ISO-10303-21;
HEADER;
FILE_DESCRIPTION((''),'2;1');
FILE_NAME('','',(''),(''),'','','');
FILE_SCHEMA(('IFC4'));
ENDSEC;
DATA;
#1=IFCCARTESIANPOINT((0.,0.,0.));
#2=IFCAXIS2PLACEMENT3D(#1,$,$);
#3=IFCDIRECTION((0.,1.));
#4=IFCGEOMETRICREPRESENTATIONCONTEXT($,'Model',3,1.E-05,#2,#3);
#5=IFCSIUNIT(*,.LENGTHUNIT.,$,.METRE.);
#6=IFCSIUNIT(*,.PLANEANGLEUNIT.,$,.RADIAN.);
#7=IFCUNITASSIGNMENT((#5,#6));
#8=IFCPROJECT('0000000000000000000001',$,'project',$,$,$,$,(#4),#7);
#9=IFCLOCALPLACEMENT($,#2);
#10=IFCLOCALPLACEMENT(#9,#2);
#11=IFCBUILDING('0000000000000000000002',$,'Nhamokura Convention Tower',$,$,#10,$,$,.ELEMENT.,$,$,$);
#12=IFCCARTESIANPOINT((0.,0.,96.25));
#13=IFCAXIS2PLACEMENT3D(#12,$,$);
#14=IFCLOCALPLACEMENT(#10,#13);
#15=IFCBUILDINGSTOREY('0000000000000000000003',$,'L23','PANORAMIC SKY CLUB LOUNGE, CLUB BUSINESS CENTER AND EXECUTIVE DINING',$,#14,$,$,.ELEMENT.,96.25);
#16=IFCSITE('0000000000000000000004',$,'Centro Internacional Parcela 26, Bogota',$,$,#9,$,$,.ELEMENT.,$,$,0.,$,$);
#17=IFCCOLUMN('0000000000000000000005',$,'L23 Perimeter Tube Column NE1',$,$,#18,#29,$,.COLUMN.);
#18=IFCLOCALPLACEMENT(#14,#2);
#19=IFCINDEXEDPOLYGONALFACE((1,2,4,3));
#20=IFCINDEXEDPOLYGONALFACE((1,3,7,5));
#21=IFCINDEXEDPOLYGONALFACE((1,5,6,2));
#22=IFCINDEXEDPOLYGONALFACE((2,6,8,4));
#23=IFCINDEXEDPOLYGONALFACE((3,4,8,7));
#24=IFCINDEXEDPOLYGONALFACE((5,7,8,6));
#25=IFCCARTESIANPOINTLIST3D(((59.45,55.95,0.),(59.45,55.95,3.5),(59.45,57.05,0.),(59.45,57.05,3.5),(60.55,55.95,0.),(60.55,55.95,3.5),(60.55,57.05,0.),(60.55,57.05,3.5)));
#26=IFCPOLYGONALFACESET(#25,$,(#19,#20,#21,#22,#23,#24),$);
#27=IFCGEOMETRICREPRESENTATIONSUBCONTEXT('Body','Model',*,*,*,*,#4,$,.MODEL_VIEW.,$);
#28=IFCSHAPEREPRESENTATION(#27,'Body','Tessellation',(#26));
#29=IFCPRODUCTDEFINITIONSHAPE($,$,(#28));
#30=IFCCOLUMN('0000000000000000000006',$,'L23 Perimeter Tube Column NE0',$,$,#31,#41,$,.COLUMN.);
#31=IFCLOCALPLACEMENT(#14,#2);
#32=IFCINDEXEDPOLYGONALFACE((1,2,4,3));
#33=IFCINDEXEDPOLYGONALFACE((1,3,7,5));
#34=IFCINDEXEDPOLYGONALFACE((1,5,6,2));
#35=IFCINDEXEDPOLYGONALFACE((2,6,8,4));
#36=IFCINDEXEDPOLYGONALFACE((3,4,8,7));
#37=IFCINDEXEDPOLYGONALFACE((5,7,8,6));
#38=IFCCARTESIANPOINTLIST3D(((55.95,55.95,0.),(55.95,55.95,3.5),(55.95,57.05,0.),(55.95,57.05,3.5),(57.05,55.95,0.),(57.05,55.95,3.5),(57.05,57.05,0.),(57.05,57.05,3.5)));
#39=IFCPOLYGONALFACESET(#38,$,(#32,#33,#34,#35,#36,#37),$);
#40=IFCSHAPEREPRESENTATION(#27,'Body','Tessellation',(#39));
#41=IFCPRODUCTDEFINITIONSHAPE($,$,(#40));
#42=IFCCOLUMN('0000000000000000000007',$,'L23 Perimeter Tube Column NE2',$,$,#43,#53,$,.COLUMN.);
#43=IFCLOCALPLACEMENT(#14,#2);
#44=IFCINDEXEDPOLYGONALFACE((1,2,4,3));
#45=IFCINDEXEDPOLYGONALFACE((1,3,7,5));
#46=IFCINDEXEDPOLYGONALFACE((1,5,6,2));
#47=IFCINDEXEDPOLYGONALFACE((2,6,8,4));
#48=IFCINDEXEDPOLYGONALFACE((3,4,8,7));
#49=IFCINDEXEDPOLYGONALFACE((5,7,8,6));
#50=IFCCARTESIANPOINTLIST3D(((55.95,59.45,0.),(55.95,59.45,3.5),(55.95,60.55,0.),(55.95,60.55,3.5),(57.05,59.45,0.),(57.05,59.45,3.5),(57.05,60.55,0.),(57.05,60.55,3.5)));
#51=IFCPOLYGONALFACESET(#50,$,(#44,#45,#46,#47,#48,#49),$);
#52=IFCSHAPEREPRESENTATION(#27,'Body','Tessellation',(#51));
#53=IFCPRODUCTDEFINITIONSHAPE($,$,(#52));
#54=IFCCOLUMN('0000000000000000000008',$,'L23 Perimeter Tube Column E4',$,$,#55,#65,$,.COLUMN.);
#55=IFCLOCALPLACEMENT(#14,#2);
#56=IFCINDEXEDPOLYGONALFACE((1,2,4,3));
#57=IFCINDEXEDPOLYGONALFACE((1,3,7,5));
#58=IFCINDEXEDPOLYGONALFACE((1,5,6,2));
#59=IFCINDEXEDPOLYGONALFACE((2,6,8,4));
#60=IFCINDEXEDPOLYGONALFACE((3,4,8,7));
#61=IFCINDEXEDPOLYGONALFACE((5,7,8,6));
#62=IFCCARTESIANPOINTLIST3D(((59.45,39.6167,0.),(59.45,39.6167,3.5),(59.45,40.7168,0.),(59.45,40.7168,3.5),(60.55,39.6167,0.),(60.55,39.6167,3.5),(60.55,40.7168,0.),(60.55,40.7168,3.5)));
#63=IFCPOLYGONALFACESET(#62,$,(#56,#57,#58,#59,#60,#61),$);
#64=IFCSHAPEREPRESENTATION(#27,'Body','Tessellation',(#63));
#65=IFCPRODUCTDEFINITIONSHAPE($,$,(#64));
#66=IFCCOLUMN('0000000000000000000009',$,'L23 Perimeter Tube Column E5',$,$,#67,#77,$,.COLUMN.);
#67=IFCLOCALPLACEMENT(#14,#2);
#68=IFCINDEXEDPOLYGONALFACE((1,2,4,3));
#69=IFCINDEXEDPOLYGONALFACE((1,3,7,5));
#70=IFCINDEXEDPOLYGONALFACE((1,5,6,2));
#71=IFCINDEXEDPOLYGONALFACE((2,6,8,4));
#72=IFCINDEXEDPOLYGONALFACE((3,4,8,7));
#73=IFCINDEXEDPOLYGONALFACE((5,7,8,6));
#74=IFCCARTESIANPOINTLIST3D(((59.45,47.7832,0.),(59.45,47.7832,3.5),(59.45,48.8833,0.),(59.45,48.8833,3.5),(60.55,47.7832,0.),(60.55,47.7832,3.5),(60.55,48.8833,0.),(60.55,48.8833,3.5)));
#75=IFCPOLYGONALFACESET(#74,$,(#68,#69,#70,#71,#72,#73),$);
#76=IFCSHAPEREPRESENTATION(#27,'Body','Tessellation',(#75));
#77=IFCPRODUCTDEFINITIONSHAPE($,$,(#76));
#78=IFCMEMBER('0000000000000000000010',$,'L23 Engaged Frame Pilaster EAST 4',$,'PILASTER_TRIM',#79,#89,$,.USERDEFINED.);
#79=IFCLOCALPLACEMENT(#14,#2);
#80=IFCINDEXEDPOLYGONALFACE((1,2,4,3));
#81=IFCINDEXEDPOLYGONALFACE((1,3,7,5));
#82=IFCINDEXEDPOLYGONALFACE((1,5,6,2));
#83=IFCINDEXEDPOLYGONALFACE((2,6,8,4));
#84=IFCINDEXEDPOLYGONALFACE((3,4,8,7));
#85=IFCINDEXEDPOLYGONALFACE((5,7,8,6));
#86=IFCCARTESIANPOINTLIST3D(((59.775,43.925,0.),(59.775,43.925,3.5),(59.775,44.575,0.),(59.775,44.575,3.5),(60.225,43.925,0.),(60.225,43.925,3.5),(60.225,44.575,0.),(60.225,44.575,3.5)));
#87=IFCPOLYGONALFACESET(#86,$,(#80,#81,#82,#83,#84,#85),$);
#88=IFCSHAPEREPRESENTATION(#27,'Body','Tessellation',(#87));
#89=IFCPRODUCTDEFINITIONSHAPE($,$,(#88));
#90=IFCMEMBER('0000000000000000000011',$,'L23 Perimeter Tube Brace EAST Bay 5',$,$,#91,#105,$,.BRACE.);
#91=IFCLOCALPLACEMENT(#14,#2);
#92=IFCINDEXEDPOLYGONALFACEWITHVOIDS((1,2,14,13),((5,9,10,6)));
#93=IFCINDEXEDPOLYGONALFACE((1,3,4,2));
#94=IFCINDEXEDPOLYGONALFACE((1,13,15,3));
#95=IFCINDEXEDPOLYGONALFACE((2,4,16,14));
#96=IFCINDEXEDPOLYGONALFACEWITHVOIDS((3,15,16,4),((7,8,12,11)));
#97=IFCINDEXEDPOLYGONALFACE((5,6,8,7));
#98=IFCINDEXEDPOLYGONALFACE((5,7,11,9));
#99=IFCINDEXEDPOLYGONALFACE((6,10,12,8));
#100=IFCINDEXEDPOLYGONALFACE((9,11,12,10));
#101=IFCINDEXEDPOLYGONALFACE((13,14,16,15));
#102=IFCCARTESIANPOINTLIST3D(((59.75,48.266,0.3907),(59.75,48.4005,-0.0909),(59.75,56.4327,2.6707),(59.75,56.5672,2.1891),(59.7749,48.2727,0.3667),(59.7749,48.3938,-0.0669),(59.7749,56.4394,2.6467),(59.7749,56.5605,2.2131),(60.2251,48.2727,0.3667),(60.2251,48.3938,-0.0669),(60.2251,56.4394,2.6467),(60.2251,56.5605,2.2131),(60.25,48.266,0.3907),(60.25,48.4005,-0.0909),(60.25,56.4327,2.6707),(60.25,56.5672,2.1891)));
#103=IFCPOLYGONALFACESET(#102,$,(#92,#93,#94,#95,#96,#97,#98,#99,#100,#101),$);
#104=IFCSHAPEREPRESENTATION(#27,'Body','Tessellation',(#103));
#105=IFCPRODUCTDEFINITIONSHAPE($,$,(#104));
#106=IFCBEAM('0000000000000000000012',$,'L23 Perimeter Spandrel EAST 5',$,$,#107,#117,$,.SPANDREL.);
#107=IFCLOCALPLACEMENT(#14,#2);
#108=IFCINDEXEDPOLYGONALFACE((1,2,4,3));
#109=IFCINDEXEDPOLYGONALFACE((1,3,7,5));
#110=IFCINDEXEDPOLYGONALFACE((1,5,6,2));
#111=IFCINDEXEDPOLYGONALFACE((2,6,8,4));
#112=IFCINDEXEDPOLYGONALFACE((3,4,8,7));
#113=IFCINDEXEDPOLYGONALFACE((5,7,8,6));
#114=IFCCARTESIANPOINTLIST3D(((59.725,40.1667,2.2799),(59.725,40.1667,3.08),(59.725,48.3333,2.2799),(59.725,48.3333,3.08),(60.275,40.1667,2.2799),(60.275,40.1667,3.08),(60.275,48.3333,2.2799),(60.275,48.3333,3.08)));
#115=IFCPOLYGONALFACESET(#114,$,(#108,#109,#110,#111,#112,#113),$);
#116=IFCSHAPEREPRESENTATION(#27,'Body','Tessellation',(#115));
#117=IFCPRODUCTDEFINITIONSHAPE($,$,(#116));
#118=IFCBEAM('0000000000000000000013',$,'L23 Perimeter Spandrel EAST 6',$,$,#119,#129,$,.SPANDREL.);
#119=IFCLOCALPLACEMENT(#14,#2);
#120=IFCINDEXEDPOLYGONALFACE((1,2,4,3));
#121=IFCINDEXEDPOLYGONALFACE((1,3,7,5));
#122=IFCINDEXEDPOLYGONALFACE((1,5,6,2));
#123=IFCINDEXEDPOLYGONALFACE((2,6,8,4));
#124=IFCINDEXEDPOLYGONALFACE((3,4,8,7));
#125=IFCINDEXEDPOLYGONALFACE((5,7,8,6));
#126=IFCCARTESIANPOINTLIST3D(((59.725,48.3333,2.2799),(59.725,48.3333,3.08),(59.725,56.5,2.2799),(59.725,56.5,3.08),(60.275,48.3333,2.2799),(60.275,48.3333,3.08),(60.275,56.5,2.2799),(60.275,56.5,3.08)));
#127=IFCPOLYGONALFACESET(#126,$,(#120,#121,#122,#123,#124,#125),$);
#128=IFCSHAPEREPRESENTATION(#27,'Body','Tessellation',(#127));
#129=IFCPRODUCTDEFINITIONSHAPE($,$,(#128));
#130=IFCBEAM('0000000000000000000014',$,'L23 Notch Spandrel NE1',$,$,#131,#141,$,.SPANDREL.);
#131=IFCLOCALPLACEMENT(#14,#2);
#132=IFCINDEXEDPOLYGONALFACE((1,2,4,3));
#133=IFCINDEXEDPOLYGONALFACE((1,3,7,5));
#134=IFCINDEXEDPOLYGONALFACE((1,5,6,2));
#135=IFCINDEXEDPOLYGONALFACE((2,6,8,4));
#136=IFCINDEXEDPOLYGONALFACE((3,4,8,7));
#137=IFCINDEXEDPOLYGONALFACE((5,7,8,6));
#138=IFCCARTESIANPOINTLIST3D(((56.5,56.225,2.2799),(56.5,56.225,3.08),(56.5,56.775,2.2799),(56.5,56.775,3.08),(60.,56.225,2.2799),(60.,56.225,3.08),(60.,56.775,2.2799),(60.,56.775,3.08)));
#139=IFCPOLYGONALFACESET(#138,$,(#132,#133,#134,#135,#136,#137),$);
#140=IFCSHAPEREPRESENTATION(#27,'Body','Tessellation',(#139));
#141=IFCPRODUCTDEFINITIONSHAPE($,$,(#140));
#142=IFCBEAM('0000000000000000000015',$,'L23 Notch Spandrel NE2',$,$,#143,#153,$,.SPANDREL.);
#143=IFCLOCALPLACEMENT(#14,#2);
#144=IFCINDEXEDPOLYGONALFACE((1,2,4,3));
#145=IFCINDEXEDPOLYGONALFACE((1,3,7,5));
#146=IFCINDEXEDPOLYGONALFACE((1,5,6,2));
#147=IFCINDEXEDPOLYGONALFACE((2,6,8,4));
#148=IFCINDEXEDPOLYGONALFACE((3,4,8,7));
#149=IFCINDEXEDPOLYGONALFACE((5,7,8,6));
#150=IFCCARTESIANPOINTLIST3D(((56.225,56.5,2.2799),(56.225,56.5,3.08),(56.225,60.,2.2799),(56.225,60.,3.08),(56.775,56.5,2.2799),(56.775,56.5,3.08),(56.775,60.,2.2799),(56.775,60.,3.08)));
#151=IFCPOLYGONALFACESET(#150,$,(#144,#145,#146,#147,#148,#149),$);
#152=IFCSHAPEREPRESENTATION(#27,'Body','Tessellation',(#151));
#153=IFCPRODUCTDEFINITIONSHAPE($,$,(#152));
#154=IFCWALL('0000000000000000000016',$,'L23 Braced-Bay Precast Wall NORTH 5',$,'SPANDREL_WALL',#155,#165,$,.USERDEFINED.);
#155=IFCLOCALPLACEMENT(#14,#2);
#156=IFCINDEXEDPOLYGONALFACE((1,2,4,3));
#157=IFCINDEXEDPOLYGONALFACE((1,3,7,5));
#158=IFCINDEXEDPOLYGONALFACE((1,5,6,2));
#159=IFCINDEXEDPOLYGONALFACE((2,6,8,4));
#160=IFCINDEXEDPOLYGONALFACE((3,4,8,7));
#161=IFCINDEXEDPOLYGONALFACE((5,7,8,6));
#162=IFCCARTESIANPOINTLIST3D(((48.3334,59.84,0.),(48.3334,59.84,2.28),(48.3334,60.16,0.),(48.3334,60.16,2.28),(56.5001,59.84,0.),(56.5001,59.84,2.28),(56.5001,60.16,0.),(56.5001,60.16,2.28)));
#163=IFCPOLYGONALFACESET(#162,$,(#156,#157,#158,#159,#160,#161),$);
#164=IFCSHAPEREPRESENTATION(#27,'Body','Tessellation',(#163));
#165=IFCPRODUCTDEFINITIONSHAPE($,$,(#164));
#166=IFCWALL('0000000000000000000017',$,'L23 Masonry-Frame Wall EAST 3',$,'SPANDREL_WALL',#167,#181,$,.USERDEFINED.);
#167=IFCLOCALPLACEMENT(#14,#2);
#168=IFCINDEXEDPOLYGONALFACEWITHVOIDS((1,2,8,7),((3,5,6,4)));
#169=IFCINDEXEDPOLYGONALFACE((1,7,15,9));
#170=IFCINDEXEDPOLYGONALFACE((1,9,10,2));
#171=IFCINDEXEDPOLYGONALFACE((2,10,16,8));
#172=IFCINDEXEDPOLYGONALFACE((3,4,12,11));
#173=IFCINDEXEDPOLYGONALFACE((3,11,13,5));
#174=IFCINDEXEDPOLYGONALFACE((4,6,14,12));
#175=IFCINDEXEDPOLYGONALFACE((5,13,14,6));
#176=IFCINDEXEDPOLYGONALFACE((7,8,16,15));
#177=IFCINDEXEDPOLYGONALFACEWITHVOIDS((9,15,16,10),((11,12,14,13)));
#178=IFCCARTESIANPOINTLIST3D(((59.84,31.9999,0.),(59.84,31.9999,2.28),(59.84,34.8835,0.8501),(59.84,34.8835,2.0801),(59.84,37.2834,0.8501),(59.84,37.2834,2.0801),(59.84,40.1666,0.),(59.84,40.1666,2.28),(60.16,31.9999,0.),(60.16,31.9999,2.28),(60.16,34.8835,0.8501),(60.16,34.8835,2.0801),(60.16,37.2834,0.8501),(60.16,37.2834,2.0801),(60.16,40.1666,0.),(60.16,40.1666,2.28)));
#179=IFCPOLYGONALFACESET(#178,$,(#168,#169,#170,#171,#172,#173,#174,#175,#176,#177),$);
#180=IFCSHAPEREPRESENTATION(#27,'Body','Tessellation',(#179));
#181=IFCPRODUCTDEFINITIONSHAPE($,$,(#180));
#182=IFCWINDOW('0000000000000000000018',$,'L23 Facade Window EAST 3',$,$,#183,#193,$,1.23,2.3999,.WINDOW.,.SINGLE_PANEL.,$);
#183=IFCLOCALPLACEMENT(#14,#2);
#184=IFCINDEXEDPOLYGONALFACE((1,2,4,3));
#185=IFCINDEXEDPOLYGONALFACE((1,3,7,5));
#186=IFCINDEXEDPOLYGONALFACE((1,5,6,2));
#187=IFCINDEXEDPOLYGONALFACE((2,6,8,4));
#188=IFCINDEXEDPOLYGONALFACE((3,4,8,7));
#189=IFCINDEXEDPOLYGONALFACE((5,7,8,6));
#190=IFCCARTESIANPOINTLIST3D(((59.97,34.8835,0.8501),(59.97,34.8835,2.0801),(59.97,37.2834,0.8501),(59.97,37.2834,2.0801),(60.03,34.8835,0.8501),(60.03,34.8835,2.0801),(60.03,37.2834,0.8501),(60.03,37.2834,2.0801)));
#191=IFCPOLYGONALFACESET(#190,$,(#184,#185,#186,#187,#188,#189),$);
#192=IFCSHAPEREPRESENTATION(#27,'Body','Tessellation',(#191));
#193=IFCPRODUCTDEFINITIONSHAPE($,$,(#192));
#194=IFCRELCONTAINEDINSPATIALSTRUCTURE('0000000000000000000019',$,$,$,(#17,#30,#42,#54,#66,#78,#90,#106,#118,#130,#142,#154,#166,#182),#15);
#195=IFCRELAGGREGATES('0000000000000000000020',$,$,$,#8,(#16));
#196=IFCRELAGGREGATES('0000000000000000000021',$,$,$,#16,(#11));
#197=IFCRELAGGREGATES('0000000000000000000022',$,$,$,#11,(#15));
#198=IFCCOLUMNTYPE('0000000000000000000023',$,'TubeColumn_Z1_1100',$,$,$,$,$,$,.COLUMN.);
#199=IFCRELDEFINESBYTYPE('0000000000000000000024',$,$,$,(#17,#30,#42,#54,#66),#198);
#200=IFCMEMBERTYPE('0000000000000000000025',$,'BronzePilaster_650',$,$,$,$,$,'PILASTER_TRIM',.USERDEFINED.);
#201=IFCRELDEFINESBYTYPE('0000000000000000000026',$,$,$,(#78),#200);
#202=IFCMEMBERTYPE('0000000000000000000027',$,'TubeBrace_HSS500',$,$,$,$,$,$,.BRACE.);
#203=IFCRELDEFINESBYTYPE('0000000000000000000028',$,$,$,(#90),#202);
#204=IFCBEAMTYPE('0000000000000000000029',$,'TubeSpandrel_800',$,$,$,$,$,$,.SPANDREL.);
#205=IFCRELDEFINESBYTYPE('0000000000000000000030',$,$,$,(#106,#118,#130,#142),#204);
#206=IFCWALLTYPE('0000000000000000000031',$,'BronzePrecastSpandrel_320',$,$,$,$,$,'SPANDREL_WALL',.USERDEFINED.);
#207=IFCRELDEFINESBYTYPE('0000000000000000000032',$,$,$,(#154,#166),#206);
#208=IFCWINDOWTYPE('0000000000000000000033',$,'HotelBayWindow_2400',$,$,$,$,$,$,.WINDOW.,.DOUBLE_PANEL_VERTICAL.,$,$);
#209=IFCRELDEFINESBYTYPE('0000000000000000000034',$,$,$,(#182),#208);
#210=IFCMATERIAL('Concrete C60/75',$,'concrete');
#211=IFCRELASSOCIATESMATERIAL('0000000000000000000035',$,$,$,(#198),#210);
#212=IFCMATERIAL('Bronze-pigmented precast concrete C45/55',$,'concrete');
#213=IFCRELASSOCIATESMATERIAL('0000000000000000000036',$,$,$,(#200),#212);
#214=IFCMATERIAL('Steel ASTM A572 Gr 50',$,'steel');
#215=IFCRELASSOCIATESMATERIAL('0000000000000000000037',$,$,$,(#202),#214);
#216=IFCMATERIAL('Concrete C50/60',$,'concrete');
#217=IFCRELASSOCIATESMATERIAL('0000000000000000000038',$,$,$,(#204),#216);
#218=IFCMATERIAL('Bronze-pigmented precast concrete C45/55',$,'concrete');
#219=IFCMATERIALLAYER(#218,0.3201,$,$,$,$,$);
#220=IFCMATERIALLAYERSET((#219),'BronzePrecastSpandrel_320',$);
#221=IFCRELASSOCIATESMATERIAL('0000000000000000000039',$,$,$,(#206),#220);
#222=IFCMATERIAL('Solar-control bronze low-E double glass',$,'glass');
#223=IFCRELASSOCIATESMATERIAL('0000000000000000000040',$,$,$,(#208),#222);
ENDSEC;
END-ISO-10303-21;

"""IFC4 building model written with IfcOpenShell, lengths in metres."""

from ifc_helpers import new_model, si_unit, direction, frame, frame_2d, origin, origin_2d, place, context, subcontext, project, spatial, rectangle, hollow_rectangle, extrude, material, layer, layer_set, material_profile, profile_set, type_object, element, fill, save


model = new_model("IFC4")

# Units and contexts
model_context = context("Model", 3, precision=1e-05, world=origin(), true_north=direction((0.0, 1.0)))
body_context = subcontext(model_context, "Body", "Model", "MODEL_VIEW")
ifc_project = project(units=[si_unit("LENGTHUNIT", "METRE"), si_unit("PLANEANGLEUNIT", "RADIAN")], contexts=[model_context])

# Site, building, storey
site_placement = place(None, origin())
site = spatial("IfcSite", under=ifc_project, at=site_placement, Name="Centro Internacional Parcela 26, Bogota", CompositionType="ELEMENT", RefElevation=0.0)
building_placement = place(site_placement, origin())
building = spatial("IfcBuilding", under=site, at=building_placement, Name="Nhamokura Convention Tower", CompositionType="ELEMENT")
storey_placement = place(building_placement, frame((0.0, 0.0, 96.25)))
storey = spatial("IfcBuildingStorey", under=building, at=storey_placement, Name="L23", Description="PANORAMIC SKY CLUB LOUNGE, CLUB BUSINESS CENTER AND EXECUTIVE DINING", CompositionType="ELEMENT", Elevation=96.25)

# Columns
ifc_material_1 = material(Name="Concrete C60/75", Category="concrete")
ifc_material_profile_1 = material_profile(ifc_material_1, rectangle(XDim=1.1001, YDim=1.1001, at=origin_2d()))
ifc_profile_set_1 = profile_set([ifc_material_profile_1], Name="Concrete C60/75")
column_type = type_object("IfcColumnType", Name="TubeColumn_Z1_1100", PredefinedType="COLUMN", material=ifc_profile_set_1)
for number, where, z_axis, x_axis, name in (
    (1, (60.0, 56.5, 0.0), (0.0, 0.0, 1.0), (1.0, 0.0, 0.0), "L23 Perimeter Tube Column NE1"),
    (2, (56.5, 56.5, 0.0), (0.0, 0.0, 1.0), (1.0, 0.0, 0.0), "L23 Perimeter Tube Column NE0"),
    (3, (56.5, 60.0, 0.0), (0.0, 0.0, 1.0), (1.0, 0.0, 0.0), "L23 Perimeter Tube Column NE2"),
    (4, (60.0, 40.1667, 0.0), (0.0, 0.0, 1.0), (1.0, 0.0, 0.0), "L23 Perimeter Tube Column E4"),
    (5, (60.0, 48.3333, 0.0), (0.0, 0.0, 1.0), (1.0, 0.0, 0.0), "L23 Perimeter Tube Column E5"),
):
    element("IfcColumn", number, at=place(storey_placement, frame(where, z_axis=z_axis, x_axis=x_axis)), inside=storey, type_object=column_type, Name=name, PredefinedType="COLUMN", context=body_context, shape_type="SweptSolid", body=[
        extrude(rectangle(XDim=1.1001, YDim=1.1001, at=origin_2d()), origin(), (0.0, 0.0, 1.0), 3.5),
    ])

# Members
ifc_material_2 = material(Name="Bronze-pigmented precast concrete C45/55", Category="concrete")
ifc_material_profile_2 = material_profile(ifc_material_2, rectangle(XDim=0.45, YDim=0.6499, at=origin_2d()))
ifc_profile_set_2 = profile_set([ifc_material_profile_2], Name="Bronze-pigmented precast concrete C45/55")
member_type_1 = type_object("IfcMemberType", Name="BronzePilaster_650", ElementType="PILASTER_TRIM", PredefinedType="USERDEFINED", material=ifc_profile_set_2)
member_1_placement = place(storey_placement, frame((60.0, 44.25, 0.0), z_axis=(0.0, 0.0, 1.0), x_axis=(1.0, 0.0, 0.0)))
element("IfcMember", 6, at=member_1_placement, inside=storey, type_object=member_type_1, Name="L23 Engaged Frame Pilaster EAST 4", ObjectType="PILASTER_TRIM", PredefinedType="USERDEFINED", context=body_context, shape_type="SweptSolid", body=[
    extrude(rectangle(XDim=0.45, YDim=0.6499, at=origin_2d()), origin(), (0.0, 0.0, 1.0), 3.5),
])
ifc_material_3 = material(Name="Steel ASTM A572 Gr 50", Category="steel")
ifc_material_profile_3 = material_profile(ifc_material_3, hollow_rectangle(XDim=0.5, YDim=0.5, WallThickness=0.0249, at=origin_2d()))
ifc_profile_set_3 = profile_set([ifc_material_profile_3], Name="Steel ASTM A572 Gr 50")
member_type_2 = type_object("IfcMemberType", Name="TubeBrace_HSS500", PredefinedType="BRACE", material=ifc_profile_set_3)
member_2_placement = place(storey_placement, frame((60.0, 48.3333, 0.1499), z_axis=(0.0, 0.963168, 0.268901), x_axis=(-1.0, 0.0, 0.0)))
element("IfcMember", 7, at=member_2_placement, inside=storey, type_object=member_type_2, Name="L23 Perimeter Tube Brace EAST Bay 5", PredefinedType="BRACE", context=body_context, shape_type="SweptSolid", body=[
    extrude(hollow_rectangle(XDim=0.5, YDim=0.5, WallThickness=0.0249, at=origin_2d()), origin(), (0.0, 0.0, 1.0), 8.479),
])

# Beams
ifc_material_4 = material(Name="Concrete C50/60", Category="concrete")
ifc_material_profile_4 = material_profile(ifc_material_4, rectangle(XDim=0.55, YDim=0.8, at=origin_2d()))
ifc_profile_set_4 = profile_set([ifc_material_profile_4], Name="Concrete C50/60")
beam_type = type_object("IfcBeamType", Name="TubeSpandrel_800", PredefinedType="SPANDREL", material=ifc_profile_set_4)
beam_1_placement = place(storey_placement, frame((60.0, 40.1667, 2.6799), z_axis=(0.0, 1.0, 0.0), x_axis=(-1.0, 0.0, 0.0)))
element("IfcBeam", 8, at=beam_1_placement, inside=storey, type_object=beam_type, Name="L23 Perimeter Spandrel EAST 5", PredefinedType="SPANDREL", context=body_context, shape_type="SweptSolid", body=[
    extrude(rectangle(XDim=0.55, YDim=0.8, at=origin_2d()), origin(), (0.0, 0.0, 1.0), 8.1665),
])
beam_2_placement = place(storey_placement, frame((60.0, 48.3333, 2.6799), z_axis=(0.0, 1.0, 0.0), x_axis=(-1.0, 0.0, 0.0)))
element("IfcBeam", 9, at=beam_2_placement, inside=storey, type_object=beam_type, Name="L23 Perimeter Spandrel EAST 6", PredefinedType="SPANDREL", context=body_context, shape_type="SweptSolid", body=[
    extrude(rectangle(XDim=0.55, YDim=0.8, at=origin_2d()), origin(), (0.0, 0.0, 1.0), 8.1667),
])
for number, where, z_axis, x_axis, name in (
    (10, (60.0, 56.5, 2.6799), (-1.0, 0.0, 0.0), (0.0, -1.0, 0.0), "L23 Notch Spandrel NE1"),
    (11, (56.5, 56.5, 2.6799), (0.0, 1.0, 0.0), (-1.0, 0.0, 0.0), "L23 Notch Spandrel NE2"),
):
    element("IfcBeam", number, at=place(storey_placement, frame(where, z_axis=z_axis, x_axis=x_axis)), inside=storey, type_object=beam_type, Name=name, PredefinedType="SPANDREL", context=body_context, shape_type="SweptSolid", body=[
        extrude(rectangle(XDim=0.55, YDim=0.8, at=origin_2d()), origin(), (0.0, 0.0, 1.0), 3.5),
    ])

# Wall
ifc_material_5 = material(Name="Bronze-pigmented precast concrete C45/55", Category="concrete")
ifc_layer = layer(ifc_material_5, 0.3201)
ifc_layer_set = layer_set([ifc_layer], Name="BronzePrecastSpandrel_320")
wall_type = type_object("IfcWallType", Name="BronzePrecastSpandrel_320", ElementType="SPANDREL_WALL", PredefinedType="USERDEFINED", material=ifc_layer_set)
wall_1_placement = place(storey_placement, frame((48.3333, 60.0, 0.0), z_axis=(0.0, 0.0, 1.0), x_axis=(1.0, 0.0, 0.0)))
element("IfcWall", 12, at=wall_1_placement, inside=storey, type_object=wall_type, Name="L23 Braced-Bay Precast Wall NORTH 5", ObjectType="SPANDREL_WALL", PredefinedType="USERDEFINED", context=body_context, shape_type="SweptSolid", body=[
    extrude(rectangle(XDim=8.1667, YDim=0.3201, at=frame_2d((4.0835, 0.0))), origin(), (0.0, 0.0, 1.0), 2.28),
])

# Wall, opening, window
wall_2_placement = place(storey_placement, frame((60.0, 40.1667, 0.0), z_axis=(0.0, 0.0, 1.0), x_axis=(0.0, -1.0, 0.0)))
wall_2 = element("IfcWall", 13, at=wall_2_placement, inside=storey, type_object=wall_type, Name="L23 Masonry-Frame Wall EAST 3", ObjectType="SPANDREL_WALL", PredefinedType="USERDEFINED", context=body_context, shape_type="SweptSolid", body=[
    extrude(rectangle(XDim=8.1667, YDim=0.3201, at=frame_2d((4.0835, 0.0))), origin(), (0.0, 0.0, 1.0), 2.28),
])
opening_1_placement = place(wall_2_placement, frame((2.8833, 0.0, 0.8501)))
opening_1 = element("IfcOpeningElement", 14, at=opening_1_placement, cuts=wall_2, PredefinedType="OPENING", context=body_context, shape_type="SweptSolid", body=[
    extrude(rectangle(XDim=2.3999, YDim=1.23, at=frame_2d((1.2, 0.615))), frame((0.0, 0.1699, 0.0), z_axis=(0.0, -1.0, 0.0), x_axis=(1.0, 0.0, 0.0)), (0.0, 0.0, 1.0), 0.3401),
])
ifc_material_6 = material(Name="Solar-control bronze low-E double glass", Category="glass")
window_type_1 = type_object("IfcWindowType", Name="HotelBayWindow_2400", PartitioningType="DOUBLE_PANEL_VERTICAL", PredefinedType="WINDOW", material=ifc_material_6)
window_1_placement = place(opening_1_placement, origin())
window_1 = element("IfcWindow", 15, at=window_1_placement, inside=storey, type_object=window_type_1, Name="L23 Facade Window EAST 3", OverallHeight=1.23, OverallWidth=2.3999, PartitioningType="SINGLE_PANEL", PredefinedType="WINDOW", context=body_context, shape_type="SweptSolid", body=[
    extrude(rectangle(XDim=2.3999, YDim=1.23, at=frame_2d((1.2, 0.615))), frame((0.0, 0.03, 0.0), z_axis=(0.0, -1.0, 0.0), x_axis=(1.0, 0.0, 0.0)), (0.0, 0.0, 1.0), 0.0601),
])
fill(opening_1, window_1)

save(model, "model.ifc")
